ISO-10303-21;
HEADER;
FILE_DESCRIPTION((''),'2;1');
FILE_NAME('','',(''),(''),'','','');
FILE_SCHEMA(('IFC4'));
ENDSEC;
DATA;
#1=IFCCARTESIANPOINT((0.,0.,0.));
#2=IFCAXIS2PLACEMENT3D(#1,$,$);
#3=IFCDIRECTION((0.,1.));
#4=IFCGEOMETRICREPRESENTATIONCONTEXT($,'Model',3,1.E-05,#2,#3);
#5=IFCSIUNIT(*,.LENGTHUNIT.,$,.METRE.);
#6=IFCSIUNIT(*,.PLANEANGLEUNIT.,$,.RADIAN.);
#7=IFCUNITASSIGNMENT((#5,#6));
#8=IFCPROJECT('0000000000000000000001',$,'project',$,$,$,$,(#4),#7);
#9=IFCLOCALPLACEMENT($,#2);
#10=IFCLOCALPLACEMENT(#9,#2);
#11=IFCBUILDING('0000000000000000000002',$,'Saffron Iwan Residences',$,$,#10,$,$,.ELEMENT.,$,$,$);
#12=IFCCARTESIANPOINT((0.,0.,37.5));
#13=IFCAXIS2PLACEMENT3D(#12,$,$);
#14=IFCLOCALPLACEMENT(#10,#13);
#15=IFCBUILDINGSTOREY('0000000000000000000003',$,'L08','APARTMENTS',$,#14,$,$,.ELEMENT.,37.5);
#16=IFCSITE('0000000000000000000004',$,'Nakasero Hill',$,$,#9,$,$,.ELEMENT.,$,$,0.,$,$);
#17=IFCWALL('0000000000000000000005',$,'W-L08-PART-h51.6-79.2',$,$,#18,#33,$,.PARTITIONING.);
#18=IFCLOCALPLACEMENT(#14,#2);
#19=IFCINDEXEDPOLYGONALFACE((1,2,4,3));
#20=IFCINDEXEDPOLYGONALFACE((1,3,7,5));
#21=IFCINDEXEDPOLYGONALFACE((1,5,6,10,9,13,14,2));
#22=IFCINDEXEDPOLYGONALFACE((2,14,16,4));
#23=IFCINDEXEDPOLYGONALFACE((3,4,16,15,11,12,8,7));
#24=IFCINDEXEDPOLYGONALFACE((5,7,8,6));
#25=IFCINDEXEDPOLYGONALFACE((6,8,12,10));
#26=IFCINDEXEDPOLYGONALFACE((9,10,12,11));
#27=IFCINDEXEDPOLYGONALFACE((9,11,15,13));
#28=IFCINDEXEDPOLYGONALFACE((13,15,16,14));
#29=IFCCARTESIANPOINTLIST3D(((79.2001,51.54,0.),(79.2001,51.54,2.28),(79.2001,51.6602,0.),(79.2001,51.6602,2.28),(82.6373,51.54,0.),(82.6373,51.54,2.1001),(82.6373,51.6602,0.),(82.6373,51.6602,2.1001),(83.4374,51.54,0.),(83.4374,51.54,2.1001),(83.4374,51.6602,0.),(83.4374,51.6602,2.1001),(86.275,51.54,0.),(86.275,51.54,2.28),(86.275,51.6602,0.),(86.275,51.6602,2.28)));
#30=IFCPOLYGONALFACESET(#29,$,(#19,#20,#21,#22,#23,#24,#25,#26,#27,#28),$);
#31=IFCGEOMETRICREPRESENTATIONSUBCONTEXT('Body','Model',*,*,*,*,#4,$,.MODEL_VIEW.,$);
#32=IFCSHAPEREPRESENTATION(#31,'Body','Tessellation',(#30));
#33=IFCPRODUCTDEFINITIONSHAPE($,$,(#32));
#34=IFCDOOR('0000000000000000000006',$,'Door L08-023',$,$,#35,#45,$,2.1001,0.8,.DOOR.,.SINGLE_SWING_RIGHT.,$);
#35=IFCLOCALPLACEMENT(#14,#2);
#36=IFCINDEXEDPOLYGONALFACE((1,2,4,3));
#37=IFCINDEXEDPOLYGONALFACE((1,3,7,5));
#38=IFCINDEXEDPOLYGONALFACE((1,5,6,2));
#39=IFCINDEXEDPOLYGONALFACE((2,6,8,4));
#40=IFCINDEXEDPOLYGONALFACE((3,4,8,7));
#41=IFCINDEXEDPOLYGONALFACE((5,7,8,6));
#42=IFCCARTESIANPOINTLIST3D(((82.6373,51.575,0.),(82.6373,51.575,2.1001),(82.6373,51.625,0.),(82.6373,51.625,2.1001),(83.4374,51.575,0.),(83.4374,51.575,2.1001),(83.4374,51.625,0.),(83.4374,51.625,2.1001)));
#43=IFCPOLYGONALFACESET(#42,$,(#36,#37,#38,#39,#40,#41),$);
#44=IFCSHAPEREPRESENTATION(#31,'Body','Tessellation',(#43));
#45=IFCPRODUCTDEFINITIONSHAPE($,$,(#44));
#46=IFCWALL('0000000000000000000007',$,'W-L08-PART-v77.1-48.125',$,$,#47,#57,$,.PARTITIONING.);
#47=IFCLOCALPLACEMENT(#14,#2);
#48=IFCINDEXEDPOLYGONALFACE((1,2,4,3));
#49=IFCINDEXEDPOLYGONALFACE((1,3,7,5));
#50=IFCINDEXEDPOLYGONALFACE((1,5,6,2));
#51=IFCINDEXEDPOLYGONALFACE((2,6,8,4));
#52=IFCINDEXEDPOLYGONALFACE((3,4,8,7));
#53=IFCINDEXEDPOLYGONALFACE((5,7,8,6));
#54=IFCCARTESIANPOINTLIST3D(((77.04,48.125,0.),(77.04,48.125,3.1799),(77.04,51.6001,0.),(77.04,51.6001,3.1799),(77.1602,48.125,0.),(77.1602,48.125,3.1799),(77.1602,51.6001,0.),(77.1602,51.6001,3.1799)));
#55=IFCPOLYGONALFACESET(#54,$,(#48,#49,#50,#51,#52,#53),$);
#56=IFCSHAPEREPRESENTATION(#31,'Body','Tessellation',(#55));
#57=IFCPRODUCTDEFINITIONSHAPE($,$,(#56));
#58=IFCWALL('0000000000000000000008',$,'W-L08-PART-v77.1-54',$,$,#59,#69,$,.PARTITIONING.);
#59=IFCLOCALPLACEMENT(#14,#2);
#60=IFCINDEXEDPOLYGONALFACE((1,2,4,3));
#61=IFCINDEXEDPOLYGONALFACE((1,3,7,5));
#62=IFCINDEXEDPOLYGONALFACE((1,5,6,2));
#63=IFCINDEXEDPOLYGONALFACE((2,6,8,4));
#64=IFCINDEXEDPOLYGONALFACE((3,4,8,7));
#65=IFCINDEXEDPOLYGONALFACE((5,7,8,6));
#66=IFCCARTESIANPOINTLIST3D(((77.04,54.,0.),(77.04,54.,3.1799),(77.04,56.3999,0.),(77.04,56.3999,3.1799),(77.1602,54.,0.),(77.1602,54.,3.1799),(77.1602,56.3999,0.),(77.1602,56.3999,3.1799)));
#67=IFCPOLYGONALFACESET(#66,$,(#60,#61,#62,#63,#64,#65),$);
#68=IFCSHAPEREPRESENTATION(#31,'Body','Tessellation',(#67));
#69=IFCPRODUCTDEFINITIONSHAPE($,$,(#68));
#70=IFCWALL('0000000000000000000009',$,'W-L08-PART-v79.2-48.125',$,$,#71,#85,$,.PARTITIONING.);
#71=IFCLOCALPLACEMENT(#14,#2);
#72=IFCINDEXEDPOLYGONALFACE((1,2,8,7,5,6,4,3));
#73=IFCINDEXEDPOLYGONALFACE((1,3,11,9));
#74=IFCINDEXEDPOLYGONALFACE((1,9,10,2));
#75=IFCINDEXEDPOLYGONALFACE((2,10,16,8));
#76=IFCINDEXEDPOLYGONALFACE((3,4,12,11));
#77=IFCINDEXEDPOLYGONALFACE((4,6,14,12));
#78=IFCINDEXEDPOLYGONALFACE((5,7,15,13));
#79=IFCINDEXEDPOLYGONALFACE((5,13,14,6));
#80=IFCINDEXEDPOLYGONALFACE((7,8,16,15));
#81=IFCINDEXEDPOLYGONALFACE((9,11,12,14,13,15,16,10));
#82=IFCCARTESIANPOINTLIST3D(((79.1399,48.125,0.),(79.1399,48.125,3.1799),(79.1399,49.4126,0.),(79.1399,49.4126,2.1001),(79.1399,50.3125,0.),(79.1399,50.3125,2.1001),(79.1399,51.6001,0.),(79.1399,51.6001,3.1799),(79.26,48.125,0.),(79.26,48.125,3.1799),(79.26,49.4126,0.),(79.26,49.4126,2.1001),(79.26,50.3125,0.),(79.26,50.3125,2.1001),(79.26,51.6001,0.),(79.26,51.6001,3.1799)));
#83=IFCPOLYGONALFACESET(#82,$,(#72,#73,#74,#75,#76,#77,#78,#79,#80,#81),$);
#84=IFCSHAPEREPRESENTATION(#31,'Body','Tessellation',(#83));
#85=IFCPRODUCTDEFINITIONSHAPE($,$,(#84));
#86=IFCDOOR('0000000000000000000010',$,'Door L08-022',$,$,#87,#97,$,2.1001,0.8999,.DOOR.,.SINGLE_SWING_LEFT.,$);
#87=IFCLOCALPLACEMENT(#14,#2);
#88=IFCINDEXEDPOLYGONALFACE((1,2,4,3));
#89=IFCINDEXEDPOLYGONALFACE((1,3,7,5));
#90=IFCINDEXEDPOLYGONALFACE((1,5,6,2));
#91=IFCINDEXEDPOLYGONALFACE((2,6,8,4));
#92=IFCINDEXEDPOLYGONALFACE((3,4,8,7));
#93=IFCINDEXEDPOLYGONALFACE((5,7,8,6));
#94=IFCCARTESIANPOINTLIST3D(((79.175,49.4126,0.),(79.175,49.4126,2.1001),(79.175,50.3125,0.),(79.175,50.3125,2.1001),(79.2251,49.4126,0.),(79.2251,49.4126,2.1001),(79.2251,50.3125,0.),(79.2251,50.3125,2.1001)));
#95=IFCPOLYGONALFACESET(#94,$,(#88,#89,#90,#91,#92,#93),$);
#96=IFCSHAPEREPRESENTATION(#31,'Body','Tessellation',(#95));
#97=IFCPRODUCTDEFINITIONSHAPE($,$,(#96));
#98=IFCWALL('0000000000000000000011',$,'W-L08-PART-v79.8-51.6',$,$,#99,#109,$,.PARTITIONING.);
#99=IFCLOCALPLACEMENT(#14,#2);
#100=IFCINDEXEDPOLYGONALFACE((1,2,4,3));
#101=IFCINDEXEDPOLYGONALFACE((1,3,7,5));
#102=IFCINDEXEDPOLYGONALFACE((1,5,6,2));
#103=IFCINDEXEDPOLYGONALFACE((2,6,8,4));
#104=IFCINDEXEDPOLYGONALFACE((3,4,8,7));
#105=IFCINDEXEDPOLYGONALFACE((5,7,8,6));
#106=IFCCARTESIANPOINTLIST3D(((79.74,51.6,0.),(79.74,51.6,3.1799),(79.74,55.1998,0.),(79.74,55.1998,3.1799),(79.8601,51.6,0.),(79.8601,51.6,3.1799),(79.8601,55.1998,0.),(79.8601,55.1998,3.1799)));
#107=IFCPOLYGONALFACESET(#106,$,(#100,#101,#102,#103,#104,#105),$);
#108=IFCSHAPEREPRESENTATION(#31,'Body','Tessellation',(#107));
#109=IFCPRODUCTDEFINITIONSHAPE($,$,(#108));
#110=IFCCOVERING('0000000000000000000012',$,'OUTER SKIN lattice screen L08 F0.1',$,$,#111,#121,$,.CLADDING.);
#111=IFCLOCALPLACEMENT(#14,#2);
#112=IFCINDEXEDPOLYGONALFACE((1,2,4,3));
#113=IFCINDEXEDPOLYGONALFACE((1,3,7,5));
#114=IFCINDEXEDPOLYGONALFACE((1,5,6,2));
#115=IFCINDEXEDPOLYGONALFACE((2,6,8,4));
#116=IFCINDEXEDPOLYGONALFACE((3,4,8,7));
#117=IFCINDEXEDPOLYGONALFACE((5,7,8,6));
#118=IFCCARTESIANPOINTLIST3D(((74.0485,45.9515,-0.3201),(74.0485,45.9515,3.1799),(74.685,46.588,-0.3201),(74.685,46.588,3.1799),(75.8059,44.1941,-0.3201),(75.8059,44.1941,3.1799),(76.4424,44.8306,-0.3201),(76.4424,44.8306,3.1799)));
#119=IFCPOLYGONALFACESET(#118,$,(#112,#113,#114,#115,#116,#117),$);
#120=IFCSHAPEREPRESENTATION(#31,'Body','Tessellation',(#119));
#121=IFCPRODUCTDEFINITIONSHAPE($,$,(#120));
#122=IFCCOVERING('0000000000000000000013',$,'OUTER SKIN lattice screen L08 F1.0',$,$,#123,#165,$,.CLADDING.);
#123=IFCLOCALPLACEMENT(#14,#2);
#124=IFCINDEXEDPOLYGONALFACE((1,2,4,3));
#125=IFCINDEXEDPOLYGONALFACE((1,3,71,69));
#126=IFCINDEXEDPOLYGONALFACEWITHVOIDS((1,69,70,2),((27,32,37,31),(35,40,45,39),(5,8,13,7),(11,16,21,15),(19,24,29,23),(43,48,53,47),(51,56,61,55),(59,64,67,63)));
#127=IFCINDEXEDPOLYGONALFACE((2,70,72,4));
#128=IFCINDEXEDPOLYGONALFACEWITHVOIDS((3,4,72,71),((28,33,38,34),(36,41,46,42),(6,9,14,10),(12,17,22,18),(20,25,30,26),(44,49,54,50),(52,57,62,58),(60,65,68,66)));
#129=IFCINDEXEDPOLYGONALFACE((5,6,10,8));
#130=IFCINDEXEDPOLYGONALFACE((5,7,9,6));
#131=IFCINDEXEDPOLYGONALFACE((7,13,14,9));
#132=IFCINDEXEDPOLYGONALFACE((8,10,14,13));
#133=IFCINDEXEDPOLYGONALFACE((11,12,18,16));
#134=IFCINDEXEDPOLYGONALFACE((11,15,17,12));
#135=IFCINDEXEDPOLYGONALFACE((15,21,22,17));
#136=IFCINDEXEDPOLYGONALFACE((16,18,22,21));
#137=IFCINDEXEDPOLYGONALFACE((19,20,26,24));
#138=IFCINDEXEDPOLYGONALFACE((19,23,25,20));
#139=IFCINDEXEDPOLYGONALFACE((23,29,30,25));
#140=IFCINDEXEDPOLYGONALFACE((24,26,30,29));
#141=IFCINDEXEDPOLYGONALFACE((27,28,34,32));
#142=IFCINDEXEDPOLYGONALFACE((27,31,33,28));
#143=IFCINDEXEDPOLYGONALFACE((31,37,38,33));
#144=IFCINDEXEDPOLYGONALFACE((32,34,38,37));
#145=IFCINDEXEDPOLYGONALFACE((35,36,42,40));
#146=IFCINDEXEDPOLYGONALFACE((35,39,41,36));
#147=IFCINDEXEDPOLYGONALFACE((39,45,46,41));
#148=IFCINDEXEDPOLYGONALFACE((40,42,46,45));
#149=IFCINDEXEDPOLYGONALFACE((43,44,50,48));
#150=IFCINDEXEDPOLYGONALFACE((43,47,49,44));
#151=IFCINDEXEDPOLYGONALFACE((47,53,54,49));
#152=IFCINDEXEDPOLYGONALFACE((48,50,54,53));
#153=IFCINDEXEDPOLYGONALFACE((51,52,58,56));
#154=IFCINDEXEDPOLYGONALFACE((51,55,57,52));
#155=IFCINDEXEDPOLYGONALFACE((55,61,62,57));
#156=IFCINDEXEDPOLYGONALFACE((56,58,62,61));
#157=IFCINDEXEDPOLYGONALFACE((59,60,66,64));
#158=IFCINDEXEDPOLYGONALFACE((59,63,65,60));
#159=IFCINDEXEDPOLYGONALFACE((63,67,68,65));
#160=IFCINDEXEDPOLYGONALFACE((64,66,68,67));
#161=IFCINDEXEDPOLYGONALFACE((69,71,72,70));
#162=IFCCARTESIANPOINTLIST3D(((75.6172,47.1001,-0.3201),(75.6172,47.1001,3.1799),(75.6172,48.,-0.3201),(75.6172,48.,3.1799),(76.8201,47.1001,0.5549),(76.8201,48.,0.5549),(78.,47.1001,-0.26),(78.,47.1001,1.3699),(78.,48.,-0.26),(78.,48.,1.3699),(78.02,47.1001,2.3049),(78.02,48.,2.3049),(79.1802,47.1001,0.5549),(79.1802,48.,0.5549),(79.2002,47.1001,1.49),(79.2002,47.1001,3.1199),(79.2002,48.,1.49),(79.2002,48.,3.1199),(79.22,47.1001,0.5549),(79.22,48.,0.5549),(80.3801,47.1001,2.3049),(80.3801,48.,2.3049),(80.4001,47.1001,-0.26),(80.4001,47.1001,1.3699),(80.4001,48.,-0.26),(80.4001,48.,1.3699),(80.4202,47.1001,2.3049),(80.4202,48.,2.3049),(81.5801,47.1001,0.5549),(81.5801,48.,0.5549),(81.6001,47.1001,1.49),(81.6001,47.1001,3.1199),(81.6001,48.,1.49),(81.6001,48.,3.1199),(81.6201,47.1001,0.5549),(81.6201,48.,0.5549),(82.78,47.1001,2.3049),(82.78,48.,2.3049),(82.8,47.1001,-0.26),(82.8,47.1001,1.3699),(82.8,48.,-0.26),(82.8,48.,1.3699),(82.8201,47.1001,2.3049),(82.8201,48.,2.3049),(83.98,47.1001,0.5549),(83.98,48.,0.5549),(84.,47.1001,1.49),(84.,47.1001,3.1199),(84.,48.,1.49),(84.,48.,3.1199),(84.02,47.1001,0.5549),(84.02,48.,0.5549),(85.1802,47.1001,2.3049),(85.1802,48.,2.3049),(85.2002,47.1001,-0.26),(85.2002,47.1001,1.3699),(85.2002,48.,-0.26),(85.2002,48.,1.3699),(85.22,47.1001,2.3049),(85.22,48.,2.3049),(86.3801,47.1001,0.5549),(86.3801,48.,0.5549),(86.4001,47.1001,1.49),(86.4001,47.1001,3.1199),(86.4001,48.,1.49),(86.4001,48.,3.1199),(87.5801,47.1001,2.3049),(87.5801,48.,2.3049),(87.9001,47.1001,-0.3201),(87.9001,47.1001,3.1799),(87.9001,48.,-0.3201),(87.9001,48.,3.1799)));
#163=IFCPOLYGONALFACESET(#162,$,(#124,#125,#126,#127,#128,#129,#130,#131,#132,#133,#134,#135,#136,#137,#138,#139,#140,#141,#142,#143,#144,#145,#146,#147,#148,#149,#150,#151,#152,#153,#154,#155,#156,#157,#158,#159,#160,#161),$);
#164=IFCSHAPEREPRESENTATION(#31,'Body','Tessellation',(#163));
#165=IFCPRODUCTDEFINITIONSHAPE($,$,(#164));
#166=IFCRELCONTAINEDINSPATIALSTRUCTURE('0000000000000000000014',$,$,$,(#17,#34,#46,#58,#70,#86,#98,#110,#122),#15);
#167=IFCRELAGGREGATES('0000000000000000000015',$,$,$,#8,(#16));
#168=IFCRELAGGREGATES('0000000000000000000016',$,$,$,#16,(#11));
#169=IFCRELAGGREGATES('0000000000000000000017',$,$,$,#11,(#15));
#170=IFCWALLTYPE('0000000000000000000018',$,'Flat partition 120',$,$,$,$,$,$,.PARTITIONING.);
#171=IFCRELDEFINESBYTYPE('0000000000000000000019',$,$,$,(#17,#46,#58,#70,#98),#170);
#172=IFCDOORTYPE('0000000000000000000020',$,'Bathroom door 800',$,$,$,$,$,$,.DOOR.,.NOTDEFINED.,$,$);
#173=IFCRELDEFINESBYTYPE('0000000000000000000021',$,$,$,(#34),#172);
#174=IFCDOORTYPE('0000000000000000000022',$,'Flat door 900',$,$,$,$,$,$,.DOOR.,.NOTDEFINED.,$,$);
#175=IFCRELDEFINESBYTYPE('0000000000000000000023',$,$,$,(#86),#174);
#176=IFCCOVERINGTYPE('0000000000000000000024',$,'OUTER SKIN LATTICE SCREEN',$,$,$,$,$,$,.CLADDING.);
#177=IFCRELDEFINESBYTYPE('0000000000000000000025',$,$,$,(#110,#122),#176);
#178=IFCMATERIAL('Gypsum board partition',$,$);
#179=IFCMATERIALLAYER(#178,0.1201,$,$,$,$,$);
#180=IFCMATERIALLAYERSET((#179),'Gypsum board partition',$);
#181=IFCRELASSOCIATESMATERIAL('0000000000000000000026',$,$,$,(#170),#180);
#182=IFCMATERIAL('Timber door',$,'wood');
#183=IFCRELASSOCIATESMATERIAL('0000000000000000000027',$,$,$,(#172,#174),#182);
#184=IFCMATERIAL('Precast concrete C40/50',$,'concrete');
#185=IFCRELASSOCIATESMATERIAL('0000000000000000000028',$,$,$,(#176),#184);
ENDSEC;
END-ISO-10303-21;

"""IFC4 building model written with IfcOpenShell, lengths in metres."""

from ifc_helpers import new_model, si_unit, direction, frame, frame_2d, origin, place, context, subcontext, project, spatial, polyline, rectangle, outline, extrude, material, layer, layer_set, type_object, element, fill, save


model = new_model("IFC4")

# Units and contexts
model_context = context("Model", 3, precision=1e-05, world=origin(), true_north=direction((0.0, 1.0)))
body_context = subcontext(model_context, "Body", "Model", "MODEL_VIEW")
ifc_project = project(units=[si_unit("LENGTHUNIT", "METRE"), si_unit("PLANEANGLEUNIT", "RADIAN")], contexts=[model_context])

# Site, building, storey
site_placement = place(None, origin())
site = spatial("IfcSite", under=ifc_project, at=site_placement, Name="Nakasero Hill", CompositionType="ELEMENT", RefElevation=0.0)
building_placement = place(site_placement, origin())
building = spatial("IfcBuilding", under=site, at=building_placement, Name="Saffron Iwan Residences", CompositionType="ELEMENT")
storey_placement = place(building_placement, frame((0.0, 0.0, 37.5)))
storey = spatial("IfcBuildingStorey", under=building, at=storey_placement, Name="L08", Description="APARTMENTS", CompositionType="ELEMENT", Elevation=37.5)

# Wall, opening, door
ifc_material_1 = material(Name="Gypsum board partition")
ifc_layer_1 = layer(ifc_material_1, 0.1201)
ifc_layer_set_1 = layer_set([ifc_layer_1], Name="Gypsum board partition")
wall_type_1 = type_object("IfcWallType", Name="Flat partition 120", PredefinedType="PARTITIONING", material=ifc_layer_set_1)
wall_1_placement = place(storey_placement, frame((79.2, 51.6001, 0.0), z_axis=(0.0, 0.0, 1.0), x_axis=(1.0, 0.0, 0.0)))
wall_1 = element("IfcWall", 1, at=wall_1_placement, inside=storey, type_object=wall_type_1, Name="W-L08-PART-h51.6-79.2", PredefinedType="PARTITIONING", context=body_context, shape_type="SweptSolid", body=[
    extrude(rectangle(XDim=7.075, YDim=0.1201, at=frame_2d((3.5376, 0.0))), origin(), (0.0, 0.0, 1.0), 2.28),
])
opening_1_placement = place(wall_1_placement, frame((3.4375, 0.0, 0.0)))
opening_1 = element("IfcOpeningElement", 2, at=opening_1_placement, cuts=wall_1, PredefinedType="OPENING", context=body_context, shape_type="SweptSolid", body=[
    extrude(rectangle(XDim=0.8, YDim=2.1001, at=frame_2d((0.3999, 1.05))), frame((0.0, 0.0701, 0.0), z_axis=(0.0, -1.0, 0.0), x_axis=(1.0, 0.0, 0.0)), (0.0, 0.0, 1.0), 0.1401),
])
ifc_material_2 = material(Name="Timber door", Category="wood")
door_type_1 = type_object("IfcDoorType", Name="Bathroom door 800", OperationType="NOTDEFINED", PredefinedType="DOOR", material=ifc_material_2)
door_1_placement = place(opening_1_placement, origin())
door_1 = element("IfcDoor", 3, at=door_1_placement, inside=storey, type_object=door_type_1, Name="Door L08-023", OperationType="SINGLE_SWING_RIGHT", OverallHeight=2.1001, OverallWidth=0.8, PredefinedType="DOOR", context=body_context, shape_type="SweptSolid", body=[
    extrude(rectangle(XDim=0.8, YDim=2.1001, at=frame_2d((0.3999, 1.05))), frame((0.0, 0.0249, 0.0), z_axis=(0.0, -1.0, 0.0), x_axis=(1.0, 0.0, 0.0)), (0.0, 0.0, 1.0), 0.05),
])
fill(opening_1, door_1)

# Walls
wall_2_placement = place(storey_placement, frame((77.1001, 48.125, 0.0), z_axis=(0.0, 0.0, 1.0), x_axis=(0.0, 1.0, 0.0)))
element("IfcWall", 4, at=wall_2_placement, inside=storey, type_object=wall_type_1, Name="W-L08-PART-v77.1-48.125", PredefinedType="PARTITIONING", context=body_context, shape_type="SweptSolid", body=[
    extrude(rectangle(XDim=3.4751, YDim=0.1201, at=frame_2d((1.7375, 0.0))), origin(), (0.0, 0.0, 1.0), 3.1799),
])
wall_3_placement = place(storey_placement, frame((77.1001, 54.0, 0.0), z_axis=(0.0, 0.0, 1.0), x_axis=(0.0, 1.0, 0.0)))
element("IfcWall", 5, at=wall_3_placement, inside=storey, type_object=wall_type_1, Name="W-L08-PART-v77.1-54", PredefinedType="PARTITIONING", context=body_context, shape_type="SweptSolid", body=[
    extrude(rectangle(XDim=2.3999, YDim=0.1201, at=frame_2d((1.2, 0.0))), origin(), (0.0, 0.0, 1.0), 3.1799),
])

# Wall, opening, door
wall_4_placement = place(storey_placement, frame((79.2, 48.125, 0.0), z_axis=(0.0, 0.0, 1.0), x_axis=(0.0, 1.0, 0.0)))
wall_4 = element("IfcWall", 6, at=wall_4_placement, inside=storey, type_object=wall_type_1, Name="W-L08-PART-v79.2-48.125", PredefinedType="PARTITIONING", context=body_context, shape_type="SweptSolid", body=[
    extrude(rectangle(XDim=3.4751, YDim=0.1201, at=frame_2d((1.7375, 0.0))), origin(), (0.0, 0.0, 1.0), 3.1799),
])
opening_2_placement = place(wall_4_placement, frame((1.2876, 0.0, 0.0)))
opening_2 = element("IfcOpeningElement", 7, at=opening_2_placement, cuts=wall_4, PredefinedType="OPENING", context=body_context, shape_type="SweptSolid", body=[
    extrude(rectangle(XDim=0.8999, YDim=2.1001, at=frame_2d((0.45, 1.05))), frame((0.0, 0.0701, 0.0), z_axis=(0.0, -1.0, 0.0), x_axis=(1.0, 0.0, 0.0)), (0.0, 0.0, 1.0), 0.1401),
])
door_type_2 = type_object("IfcDoorType", Name="Flat door 900", OperationType="NOTDEFINED", PredefinedType="DOOR", material=ifc_material_2)
door_2_placement = place(opening_2_placement, origin())
door_2 = element("IfcDoor", 8, at=door_2_placement, inside=storey, type_object=door_type_2, Name="Door L08-022", OperationType="SINGLE_SWING_LEFT", OverallHeight=2.1001, OverallWidth=0.8999, PredefinedType="DOOR", context=body_context, shape_type="SweptSolid", body=[
    extrude(rectangle(XDim=0.8999, YDim=2.1001, at=frame_2d((0.45, 1.05))), frame((0.0, 0.0249, 0.0), z_axis=(0.0, -1.0, 0.0), x_axis=(1.0, 0.0, 0.0)), (0.0, 0.0, 1.0), 0.05),
])
fill(opening_2, door_2)

# Wall
wall_5_placement = place(storey_placement, frame((79.8, 51.6001, 0.0), z_axis=(0.0, 0.0, 1.0), x_axis=(0.0, 1.0, 0.0)))
element("IfcWall", 9, at=wall_5_placement, inside=storey, type_object=wall_type_1, Name="W-L08-PART-v79.8-51.6", PredefinedType="PARTITIONING", context=body_context, shape_type="SweptSolid", body=[
    extrude(rectangle(XDim=3.5999, YDim=0.1201, at=frame_2d((1.7998, 0.0))), origin(), (0.0, 0.0, 1.0), 3.1799),
])

# Coverings
ifc_material_3 = material(Name="Precast concrete C40/50", Category="concrete")
covering_type = type_object("IfcCoveringType", Name="OUTER SKIN LATTICE SCREEN", PredefinedType="CLADDING", material=ifc_material_3)
covering_1_placement = place(storey_placement, frame((75.8059, 44.1941, -0.3201), z_axis=(0.707107, 0.707107, 0.0), x_axis=(-0.707107, 0.707107, 0.0)))
element("IfcCovering", 10, at=covering_1_placement, inside=storey, type_object=covering_type, Name="OUTER SKIN lattice screen L08 F0.1", PredefinedType="CLADDING", context=body_context, shape_type="SweptSolid", body=[
    extrude(outline(polyline([(0.0, 0.0), (2.4854, 0.0), (2.4854, 3.5), (0.0, 3.5), (0.0, 0.0)])), origin(), (0.0, 0.0, 1.0), 0.9001),
])
covering_2_placement = place(storey_placement, frame((75.6172, 48.0, -0.3201), z_axis=(0.0, -1.0, 0.0), x_axis=(1.0, 0.0, 0.0)))
element("IfcCovering", 11, at=covering_2_placement, inside=storey, type_object=covering_type, Name="OUTER SKIN lattice screen L08 F1.0", PredefinedType="CLADDING", context=body_context, shape_type="SweptSolid", body=[
    extrude(outline(polyline([(0.0, 0.0), (12.283, 0.0), (12.283, 3.5), (0.0, 3.5), (0.0, 0.0)]), holes=[polyline([(1.2029, 0.875), (2.3828, 0.0601), (3.563, 0.875), (2.3828, 1.6899), (1.2029, 0.875)]), polyline([(3.6028, 0.875), (4.783, 0.0601), (5.9629, 0.875), (4.783, 1.6899), (3.6028, 0.875)]), polyline([(6.0029, 0.875), (7.1829, 0.0601), (8.3628, 0.875), (7.1829, 1.6899), (6.0029, 0.875)]), polyline([(8.4028, 0.875), (9.583, 0.0601), (10.7629, 0.875), (9.583, 1.6899), (8.4028, 0.875)]), polyline([(2.4028, 2.625), (3.583, 1.8101), (4.7629, 2.625), (3.583, 3.4399), (2.4028, 2.625)]), polyline([(4.803, 2.625), (5.9829, 1.8101), (7.1628, 2.625), (5.9829, 3.4399), (4.803, 2.625)]), polyline([(7.2029, 2.625), (8.3828, 1.8101), (9.563, 2.625), (8.3828, 3.4399), (7.2029, 2.625)]), polyline([(9.6028, 2.625), (10.783, 1.8101), (11.9629, 2.625), (10.783, 3.4399), (9.6028, 2.625)])]), origin(), (0.0, 0.0, 1.0), 0.8999),
])

save(model, "model.ifc")
